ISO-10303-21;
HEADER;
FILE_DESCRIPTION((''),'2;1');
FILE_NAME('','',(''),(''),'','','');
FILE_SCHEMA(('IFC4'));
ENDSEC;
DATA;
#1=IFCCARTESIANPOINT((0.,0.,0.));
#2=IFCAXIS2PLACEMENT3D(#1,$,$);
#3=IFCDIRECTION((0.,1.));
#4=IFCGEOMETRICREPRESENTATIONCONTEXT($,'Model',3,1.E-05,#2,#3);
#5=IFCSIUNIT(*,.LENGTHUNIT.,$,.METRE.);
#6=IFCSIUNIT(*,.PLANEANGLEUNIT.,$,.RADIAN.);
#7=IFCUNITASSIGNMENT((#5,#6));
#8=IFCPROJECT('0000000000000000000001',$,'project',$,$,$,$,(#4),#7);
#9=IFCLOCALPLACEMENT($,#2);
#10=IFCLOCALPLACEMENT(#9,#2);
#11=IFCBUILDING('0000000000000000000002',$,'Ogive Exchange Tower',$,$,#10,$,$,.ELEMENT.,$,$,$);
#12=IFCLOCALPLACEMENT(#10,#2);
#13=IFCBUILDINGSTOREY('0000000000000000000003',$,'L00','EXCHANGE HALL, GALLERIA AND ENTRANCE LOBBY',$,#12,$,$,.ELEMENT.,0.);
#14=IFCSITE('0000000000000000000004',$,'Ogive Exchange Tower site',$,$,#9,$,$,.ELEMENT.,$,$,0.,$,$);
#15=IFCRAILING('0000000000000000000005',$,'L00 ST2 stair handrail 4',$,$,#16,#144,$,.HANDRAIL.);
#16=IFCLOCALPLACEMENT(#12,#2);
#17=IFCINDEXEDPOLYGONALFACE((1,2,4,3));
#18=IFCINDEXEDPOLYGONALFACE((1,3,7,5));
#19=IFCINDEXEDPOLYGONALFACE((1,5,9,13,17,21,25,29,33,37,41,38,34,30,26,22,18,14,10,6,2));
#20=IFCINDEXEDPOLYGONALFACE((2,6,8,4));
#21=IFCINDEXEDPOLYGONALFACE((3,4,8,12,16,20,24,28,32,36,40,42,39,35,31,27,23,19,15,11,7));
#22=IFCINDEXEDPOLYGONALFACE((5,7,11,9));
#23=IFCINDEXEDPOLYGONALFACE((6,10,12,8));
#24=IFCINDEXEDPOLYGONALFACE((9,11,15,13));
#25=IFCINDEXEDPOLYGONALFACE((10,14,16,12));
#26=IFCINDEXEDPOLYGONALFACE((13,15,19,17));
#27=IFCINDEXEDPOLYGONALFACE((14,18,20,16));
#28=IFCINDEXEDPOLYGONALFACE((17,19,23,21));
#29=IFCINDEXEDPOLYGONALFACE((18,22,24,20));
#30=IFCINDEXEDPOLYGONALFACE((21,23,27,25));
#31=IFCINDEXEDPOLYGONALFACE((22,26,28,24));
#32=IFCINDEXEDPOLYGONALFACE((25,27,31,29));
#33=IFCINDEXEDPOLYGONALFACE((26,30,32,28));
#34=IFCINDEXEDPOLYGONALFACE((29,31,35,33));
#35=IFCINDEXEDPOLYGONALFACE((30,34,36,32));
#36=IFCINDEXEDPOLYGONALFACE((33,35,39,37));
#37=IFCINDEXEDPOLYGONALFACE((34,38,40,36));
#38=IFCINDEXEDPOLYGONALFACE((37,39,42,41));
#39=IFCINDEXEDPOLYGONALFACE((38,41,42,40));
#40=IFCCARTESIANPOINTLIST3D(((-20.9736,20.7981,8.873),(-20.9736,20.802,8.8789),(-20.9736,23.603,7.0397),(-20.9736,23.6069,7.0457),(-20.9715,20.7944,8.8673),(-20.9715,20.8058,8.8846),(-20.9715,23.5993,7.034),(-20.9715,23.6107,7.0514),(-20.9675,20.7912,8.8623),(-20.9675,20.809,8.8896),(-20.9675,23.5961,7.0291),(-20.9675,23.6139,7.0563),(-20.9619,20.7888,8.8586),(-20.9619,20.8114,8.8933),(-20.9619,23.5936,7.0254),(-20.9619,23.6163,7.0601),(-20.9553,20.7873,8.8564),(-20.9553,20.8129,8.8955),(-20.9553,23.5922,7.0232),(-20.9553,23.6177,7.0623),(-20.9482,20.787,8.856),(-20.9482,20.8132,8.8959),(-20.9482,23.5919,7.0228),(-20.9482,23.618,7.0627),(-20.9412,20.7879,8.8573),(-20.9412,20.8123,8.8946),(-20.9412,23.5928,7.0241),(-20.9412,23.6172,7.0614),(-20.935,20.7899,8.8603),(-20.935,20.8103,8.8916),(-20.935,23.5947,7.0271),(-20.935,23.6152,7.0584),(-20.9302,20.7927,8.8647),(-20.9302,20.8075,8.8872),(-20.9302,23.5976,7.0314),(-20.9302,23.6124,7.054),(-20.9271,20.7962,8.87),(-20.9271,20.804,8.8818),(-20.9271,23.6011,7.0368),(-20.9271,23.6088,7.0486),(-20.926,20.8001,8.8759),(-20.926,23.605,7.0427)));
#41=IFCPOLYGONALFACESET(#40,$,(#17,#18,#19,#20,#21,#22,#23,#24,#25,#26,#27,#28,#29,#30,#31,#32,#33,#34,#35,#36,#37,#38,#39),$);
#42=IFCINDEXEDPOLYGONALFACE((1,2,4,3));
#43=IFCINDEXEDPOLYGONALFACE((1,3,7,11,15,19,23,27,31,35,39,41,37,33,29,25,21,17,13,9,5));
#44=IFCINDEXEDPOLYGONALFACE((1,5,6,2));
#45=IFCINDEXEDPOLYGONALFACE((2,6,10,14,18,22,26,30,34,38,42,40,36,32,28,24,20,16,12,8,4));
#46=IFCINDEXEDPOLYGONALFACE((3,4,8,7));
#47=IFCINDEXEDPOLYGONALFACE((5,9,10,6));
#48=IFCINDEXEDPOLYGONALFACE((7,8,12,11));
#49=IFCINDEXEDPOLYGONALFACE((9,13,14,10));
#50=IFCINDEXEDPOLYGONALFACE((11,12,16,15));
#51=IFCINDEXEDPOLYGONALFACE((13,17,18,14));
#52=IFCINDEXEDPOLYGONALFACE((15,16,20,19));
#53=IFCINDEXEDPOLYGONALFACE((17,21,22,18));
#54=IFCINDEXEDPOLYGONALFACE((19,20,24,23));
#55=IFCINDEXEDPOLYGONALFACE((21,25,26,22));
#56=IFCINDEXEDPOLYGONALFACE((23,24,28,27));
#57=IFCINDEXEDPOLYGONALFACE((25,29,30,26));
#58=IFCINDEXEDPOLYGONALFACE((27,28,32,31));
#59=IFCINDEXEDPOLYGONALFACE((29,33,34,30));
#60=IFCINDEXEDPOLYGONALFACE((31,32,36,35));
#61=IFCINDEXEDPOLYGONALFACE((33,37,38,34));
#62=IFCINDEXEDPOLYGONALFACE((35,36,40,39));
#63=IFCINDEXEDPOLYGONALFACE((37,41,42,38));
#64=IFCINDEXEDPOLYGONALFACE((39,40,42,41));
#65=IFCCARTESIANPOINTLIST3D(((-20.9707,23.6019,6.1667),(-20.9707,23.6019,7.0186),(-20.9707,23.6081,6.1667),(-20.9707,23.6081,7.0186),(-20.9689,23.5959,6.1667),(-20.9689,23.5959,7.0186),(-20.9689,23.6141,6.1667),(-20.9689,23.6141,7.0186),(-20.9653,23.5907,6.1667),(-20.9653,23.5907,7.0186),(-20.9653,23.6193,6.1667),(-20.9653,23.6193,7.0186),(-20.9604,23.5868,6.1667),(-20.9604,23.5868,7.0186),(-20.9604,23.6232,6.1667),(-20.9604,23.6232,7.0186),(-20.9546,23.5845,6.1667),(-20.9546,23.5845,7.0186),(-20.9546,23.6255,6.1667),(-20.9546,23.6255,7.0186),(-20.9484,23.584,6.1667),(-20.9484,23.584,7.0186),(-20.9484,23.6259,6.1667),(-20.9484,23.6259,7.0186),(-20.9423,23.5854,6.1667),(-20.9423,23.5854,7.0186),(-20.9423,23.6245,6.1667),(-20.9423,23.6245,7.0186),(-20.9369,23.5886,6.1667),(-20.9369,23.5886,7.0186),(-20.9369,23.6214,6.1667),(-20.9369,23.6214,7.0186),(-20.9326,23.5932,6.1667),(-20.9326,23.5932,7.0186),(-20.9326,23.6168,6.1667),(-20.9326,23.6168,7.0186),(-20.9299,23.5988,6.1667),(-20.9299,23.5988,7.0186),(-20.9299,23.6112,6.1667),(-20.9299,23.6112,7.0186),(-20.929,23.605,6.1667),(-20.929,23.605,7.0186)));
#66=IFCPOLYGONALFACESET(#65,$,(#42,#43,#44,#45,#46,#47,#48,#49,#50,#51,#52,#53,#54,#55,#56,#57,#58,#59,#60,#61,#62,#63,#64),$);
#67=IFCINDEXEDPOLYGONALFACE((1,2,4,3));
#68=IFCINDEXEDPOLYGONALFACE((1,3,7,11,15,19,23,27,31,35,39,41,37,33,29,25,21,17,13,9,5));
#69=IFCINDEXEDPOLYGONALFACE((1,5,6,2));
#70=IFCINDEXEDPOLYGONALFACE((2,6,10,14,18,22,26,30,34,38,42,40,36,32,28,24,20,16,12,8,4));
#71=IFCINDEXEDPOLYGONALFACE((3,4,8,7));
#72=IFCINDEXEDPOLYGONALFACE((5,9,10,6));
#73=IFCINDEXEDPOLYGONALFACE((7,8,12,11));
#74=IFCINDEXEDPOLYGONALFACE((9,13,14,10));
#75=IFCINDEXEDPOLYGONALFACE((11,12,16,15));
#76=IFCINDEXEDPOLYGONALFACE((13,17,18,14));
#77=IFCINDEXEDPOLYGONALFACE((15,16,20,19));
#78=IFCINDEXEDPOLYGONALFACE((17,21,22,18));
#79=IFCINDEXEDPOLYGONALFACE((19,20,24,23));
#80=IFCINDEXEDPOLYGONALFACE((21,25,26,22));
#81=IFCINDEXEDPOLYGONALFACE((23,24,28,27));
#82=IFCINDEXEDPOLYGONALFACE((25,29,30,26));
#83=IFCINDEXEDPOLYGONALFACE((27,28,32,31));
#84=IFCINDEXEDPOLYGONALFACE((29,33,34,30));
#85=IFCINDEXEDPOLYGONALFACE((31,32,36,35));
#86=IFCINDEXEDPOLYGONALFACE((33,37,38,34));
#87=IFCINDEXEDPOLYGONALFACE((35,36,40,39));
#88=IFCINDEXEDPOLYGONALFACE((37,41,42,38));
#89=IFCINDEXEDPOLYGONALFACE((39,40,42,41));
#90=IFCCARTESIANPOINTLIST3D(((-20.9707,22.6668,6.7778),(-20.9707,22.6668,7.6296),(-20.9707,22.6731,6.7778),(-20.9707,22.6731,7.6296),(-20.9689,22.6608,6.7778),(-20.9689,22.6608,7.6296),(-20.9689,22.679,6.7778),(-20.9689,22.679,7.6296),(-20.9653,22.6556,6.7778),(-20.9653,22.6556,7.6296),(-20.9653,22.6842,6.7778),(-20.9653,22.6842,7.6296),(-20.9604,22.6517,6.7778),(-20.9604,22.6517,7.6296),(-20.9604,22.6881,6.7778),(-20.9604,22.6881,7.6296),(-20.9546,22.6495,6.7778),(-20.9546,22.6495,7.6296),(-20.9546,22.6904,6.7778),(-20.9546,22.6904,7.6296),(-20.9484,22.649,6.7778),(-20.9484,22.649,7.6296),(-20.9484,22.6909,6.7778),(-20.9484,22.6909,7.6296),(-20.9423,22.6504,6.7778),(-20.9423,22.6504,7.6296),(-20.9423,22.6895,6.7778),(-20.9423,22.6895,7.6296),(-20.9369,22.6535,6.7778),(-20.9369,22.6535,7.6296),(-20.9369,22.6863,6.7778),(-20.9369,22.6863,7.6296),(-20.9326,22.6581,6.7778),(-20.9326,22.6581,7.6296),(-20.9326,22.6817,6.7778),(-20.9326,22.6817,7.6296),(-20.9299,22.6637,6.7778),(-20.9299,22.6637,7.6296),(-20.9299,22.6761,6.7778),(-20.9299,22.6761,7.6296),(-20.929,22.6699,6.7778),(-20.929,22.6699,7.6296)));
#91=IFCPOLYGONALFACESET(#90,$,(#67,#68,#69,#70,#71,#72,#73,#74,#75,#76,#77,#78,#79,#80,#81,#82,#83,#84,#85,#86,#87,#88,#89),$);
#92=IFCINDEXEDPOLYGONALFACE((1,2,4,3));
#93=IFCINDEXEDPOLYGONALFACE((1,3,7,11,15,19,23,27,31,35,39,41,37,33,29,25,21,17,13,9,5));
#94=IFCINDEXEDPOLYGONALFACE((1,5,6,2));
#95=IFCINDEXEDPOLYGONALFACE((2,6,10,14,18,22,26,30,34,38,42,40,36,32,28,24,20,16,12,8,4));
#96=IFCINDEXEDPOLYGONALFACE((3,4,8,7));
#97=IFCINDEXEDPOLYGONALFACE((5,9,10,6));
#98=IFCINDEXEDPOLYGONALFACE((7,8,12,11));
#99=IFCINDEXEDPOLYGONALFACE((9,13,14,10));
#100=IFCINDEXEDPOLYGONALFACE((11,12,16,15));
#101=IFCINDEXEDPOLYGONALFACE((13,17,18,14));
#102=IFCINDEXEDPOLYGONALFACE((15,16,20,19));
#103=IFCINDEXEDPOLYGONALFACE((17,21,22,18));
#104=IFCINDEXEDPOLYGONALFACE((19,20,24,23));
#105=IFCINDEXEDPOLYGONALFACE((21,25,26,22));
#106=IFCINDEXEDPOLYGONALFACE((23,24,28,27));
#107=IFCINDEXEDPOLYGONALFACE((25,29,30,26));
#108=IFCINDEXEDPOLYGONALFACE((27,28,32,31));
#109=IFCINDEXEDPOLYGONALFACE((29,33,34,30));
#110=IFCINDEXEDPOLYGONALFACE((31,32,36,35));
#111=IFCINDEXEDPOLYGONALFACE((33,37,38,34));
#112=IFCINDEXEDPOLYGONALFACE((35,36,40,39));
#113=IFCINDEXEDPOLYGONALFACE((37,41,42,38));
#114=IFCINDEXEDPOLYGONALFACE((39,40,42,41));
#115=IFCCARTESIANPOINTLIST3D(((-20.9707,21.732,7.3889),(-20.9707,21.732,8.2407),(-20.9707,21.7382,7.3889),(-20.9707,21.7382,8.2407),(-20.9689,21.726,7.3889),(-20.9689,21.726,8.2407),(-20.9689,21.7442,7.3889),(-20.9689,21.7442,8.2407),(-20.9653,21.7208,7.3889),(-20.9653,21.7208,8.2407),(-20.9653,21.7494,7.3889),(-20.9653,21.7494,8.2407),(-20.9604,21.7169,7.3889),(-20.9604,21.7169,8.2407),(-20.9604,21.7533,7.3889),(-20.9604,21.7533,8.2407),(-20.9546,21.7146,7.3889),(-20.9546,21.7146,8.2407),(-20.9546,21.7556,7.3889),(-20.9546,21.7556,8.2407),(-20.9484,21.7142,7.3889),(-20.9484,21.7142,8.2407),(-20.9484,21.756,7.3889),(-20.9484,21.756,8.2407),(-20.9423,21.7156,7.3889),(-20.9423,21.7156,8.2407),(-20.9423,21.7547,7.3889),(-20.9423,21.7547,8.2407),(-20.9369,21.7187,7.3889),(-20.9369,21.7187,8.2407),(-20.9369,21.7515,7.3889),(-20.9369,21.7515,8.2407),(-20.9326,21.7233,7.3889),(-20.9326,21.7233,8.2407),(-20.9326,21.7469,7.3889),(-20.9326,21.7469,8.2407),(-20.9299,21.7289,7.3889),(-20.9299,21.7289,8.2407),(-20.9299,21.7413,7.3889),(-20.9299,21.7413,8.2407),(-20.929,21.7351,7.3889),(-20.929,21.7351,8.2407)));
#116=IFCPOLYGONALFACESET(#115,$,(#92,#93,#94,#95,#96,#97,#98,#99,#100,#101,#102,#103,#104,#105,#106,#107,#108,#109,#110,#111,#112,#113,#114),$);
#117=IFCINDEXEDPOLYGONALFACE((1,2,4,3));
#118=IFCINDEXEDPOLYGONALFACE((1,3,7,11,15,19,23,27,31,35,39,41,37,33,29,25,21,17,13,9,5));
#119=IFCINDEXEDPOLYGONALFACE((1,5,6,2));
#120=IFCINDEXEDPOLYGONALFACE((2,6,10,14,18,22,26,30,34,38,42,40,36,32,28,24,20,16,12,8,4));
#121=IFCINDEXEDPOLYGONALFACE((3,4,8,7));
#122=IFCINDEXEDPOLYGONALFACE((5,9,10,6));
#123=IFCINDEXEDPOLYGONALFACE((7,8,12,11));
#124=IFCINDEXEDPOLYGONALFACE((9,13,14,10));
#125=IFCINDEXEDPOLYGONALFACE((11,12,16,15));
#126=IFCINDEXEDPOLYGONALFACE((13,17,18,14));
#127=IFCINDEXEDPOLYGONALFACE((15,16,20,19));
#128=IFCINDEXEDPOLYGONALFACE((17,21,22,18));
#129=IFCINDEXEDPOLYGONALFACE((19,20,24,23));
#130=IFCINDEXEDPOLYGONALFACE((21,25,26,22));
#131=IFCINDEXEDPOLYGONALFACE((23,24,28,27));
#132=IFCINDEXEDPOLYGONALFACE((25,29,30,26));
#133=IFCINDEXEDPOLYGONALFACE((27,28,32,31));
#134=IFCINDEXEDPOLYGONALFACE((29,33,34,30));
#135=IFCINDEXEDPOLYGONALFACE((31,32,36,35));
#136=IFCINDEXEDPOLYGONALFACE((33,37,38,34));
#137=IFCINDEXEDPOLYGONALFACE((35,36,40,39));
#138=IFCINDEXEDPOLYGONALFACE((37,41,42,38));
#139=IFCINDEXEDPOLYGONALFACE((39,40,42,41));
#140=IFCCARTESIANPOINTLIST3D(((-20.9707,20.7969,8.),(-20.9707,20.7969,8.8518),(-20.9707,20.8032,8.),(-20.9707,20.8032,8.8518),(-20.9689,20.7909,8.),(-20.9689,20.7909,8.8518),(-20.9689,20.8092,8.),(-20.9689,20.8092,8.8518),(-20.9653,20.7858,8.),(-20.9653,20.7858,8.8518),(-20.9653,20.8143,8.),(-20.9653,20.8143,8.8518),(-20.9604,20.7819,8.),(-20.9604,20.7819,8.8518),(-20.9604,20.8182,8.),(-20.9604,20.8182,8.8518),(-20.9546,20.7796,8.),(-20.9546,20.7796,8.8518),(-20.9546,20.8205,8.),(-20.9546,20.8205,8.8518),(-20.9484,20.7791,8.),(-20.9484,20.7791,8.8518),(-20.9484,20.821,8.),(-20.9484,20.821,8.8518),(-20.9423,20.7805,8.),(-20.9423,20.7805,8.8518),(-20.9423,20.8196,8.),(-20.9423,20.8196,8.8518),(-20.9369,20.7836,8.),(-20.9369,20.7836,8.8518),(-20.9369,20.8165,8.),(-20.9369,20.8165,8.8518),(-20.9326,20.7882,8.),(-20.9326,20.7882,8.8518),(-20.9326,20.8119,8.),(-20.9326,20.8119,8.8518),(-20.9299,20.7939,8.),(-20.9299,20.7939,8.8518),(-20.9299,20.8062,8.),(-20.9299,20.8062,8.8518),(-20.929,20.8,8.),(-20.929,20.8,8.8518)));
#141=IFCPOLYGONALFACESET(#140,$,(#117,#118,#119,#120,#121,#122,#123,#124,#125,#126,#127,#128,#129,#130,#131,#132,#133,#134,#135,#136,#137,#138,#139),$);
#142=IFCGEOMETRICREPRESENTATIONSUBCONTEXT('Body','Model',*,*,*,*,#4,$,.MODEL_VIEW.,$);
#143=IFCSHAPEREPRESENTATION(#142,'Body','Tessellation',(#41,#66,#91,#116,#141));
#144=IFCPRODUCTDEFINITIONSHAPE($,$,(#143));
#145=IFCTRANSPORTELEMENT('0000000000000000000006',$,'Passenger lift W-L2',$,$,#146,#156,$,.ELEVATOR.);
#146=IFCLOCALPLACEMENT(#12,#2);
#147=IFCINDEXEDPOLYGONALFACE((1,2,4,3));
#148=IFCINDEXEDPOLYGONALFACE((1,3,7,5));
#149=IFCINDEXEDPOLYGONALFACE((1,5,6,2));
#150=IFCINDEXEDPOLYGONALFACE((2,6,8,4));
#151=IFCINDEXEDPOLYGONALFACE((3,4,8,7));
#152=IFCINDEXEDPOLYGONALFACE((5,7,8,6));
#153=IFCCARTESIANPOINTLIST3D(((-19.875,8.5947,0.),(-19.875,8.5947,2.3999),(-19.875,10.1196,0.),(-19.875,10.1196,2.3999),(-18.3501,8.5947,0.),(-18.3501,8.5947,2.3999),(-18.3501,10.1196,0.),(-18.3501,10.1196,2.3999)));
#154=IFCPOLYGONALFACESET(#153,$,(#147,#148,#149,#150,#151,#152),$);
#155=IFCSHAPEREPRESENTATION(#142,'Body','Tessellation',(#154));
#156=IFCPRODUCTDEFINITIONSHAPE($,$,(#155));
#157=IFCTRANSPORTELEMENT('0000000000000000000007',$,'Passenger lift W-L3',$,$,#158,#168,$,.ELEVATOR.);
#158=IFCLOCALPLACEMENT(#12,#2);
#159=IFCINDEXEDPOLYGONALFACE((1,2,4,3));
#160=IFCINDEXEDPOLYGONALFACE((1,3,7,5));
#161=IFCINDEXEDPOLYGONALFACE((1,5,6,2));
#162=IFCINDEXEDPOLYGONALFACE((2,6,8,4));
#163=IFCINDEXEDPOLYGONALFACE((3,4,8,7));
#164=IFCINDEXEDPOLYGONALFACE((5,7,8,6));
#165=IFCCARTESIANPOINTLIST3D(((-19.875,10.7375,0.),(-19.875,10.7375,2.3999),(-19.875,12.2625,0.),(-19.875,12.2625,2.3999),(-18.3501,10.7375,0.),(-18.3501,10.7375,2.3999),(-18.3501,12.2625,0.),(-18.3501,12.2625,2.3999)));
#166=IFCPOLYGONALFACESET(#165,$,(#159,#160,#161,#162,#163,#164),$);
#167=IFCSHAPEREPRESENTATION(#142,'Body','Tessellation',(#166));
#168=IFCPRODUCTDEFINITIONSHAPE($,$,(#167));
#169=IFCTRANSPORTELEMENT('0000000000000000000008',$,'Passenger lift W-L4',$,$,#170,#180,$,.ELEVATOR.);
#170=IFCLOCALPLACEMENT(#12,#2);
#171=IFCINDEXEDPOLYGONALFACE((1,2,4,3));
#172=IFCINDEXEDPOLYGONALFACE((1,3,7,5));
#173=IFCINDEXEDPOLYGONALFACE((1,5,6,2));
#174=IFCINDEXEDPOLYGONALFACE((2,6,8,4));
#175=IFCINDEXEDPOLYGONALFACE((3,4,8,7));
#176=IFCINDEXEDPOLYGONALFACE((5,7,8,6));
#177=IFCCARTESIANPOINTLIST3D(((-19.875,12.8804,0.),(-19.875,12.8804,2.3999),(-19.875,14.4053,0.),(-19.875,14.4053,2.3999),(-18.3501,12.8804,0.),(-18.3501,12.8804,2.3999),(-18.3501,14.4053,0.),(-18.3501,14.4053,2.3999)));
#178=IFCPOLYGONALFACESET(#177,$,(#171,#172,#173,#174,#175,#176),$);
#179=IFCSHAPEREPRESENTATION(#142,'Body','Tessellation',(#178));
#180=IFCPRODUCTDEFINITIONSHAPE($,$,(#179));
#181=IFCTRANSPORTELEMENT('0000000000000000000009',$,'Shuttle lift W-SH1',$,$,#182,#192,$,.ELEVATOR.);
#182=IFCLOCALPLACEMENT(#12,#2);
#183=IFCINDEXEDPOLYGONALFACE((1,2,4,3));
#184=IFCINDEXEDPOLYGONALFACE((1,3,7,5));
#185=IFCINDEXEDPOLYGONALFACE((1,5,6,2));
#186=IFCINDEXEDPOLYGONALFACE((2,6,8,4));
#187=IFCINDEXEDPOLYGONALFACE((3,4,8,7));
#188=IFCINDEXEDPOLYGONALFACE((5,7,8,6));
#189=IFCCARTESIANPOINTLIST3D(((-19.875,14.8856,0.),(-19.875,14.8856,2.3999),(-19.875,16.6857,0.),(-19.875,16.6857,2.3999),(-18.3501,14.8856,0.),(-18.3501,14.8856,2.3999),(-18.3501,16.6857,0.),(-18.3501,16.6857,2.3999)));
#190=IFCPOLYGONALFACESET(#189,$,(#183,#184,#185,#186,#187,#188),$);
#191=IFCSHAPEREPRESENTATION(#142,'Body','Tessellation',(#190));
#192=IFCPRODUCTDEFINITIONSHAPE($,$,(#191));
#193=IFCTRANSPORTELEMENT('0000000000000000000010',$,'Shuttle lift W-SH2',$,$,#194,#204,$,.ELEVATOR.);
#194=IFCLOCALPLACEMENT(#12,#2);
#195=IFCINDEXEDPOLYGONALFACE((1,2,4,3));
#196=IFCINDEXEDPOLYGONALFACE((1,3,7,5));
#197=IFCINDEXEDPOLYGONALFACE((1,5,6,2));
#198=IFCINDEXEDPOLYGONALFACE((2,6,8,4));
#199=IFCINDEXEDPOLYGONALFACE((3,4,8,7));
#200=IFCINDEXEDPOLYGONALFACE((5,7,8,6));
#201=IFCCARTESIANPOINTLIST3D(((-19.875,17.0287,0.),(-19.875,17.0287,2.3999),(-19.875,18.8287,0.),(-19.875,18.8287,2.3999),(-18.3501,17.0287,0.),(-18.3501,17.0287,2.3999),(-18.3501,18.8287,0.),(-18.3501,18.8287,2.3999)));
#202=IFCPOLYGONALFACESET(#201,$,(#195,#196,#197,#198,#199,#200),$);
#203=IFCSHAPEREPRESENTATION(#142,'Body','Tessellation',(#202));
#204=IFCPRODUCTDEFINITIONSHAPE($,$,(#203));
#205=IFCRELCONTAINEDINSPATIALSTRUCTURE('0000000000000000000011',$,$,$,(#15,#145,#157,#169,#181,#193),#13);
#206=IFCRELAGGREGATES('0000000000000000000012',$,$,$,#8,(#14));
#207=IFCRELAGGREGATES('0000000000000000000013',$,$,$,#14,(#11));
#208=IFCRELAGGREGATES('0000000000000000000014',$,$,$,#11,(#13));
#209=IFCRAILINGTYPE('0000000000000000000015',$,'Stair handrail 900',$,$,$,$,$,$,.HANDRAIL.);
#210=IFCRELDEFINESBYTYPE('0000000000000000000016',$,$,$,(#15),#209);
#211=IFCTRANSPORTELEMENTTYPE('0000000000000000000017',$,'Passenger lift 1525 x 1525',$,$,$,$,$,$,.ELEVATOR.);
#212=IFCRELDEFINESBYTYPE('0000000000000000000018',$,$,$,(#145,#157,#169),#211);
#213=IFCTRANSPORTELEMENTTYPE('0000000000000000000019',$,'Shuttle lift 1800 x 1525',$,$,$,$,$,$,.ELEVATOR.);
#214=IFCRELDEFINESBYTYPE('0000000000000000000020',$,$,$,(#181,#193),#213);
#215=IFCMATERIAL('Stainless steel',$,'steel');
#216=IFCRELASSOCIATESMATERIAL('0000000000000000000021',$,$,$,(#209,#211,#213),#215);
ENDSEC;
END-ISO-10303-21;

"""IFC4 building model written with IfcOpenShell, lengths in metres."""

from ifc_helpers import new_model, si_unit, direction, frame, origin, origin_2d, place, context, subcontext, project, spatial, rectangle, circle, extrude, material, type_object, element, save


model = new_model("IFC4")

# Units and contexts
model_context = context("Model", 3, precision=1e-05, world=origin(), true_north=direction((0.0, 1.0)))
body_context = subcontext(model_context, "Body", "Model", "MODEL_VIEW")
ifc_project = project(units=[si_unit("LENGTHUNIT", "METRE"), si_unit("PLANEANGLEUNIT", "RADIAN")], contexts=[model_context])

# Site, building, storey
site_placement = place(None, origin())
site = spatial("IfcSite", under=ifc_project, at=site_placement, Name="Ogive Exchange Tower site", CompositionType="ELEMENT", RefElevation=0.0)
building_placement = place(site_placement, origin())
building = spatial("IfcBuilding", under=site, at=building_placement, Name="Ogive Exchange Tower", CompositionType="ELEMENT")
storey_placement = place(building_placement, origin())
storey = spatial("IfcBuildingStorey", under=building, at=storey_placement, Name="L00", Description="EXCHANGE HALL, GALLERIA AND ENTRANCE LOBBY", CompositionType="ELEMENT", Elevation=0.0)

# Railing
ifc_material_1 = material(Name="Stainless steel", Category="steel")
railing_type = type_object("IfcRailingType", Name="Stair handrail 900", PredefinedType="HANDRAIL", material=ifc_material_1)
railing_1_placement = place(storey_placement, frame((-20.95, 23.605, 6.1667)))
element("IfcRailing", 1, at=railing_1_placement, inside=storey, type_object=railing_type, Name="L00 ST2 stair handrail 4", PredefinedType="HANDRAIL", context=body_context, shape_type="SweptSolid", body=[
    extrude(circle(Radius=0.0239, at=origin_2d()), frame((0.0, 0.0, 0.876), z_axis=(0.0, -0.837071, 0.547094), x_axis=(1.0, 0.0, 0.0)), (0.0, 0.0, 1.0), 3.3508),
    extrude(circle(Radius=0.021, at=origin_2d()), origin(), (0.0, 0.0, 1.0), 0.8518),
    extrude(circle(Radius=0.021, at=origin_2d()), frame((0.0, -0.9351, 0.6111)), (0.0, 0.0, 1.0), 0.8518),
    extrude(circle(Radius=0.021, at=origin_2d()), frame((0.0, -1.8699, 1.2222)), (0.0, 0.0, 1.0), 0.8518),
    extrude(circle(Radius=0.021, at=origin_2d()), frame((0.0, -2.8049, 1.8333)), (0.0, 0.0, 1.0), 0.8518),
])

# Transport elements
transport_element_type_1 = type_object("IfcTransportElementType", Name="Passenger lift 1525 x 1525", PredefinedType="ELEVATOR", material=ifc_material_1)
for number, where, z_axis, x_axis, name in (
    (2, (-19.1125, 9.3572, 0.0), (0.0, 0.0, 1.0), (1.0, 0.0, 0.0), "Passenger lift W-L2"),
    (3, (-19.1125, 11.5, 0.0), (0.0, 0.0, 1.0), (1.0, 0.0, 0.0), "Passenger lift W-L3"),
    (4, (-19.1125, 13.6428, 0.0), (0.0, 0.0, 1.0), (1.0, 0.0, 0.0), "Passenger lift W-L4"),
):
    element("IfcTransportElement", number, at=place(storey_placement, frame(where, z_axis=z_axis, x_axis=x_axis)), inside=storey, type_object=transport_element_type_1, Name=name, PredefinedType="ELEVATOR", context=body_context, shape_type="SweptSolid", body=[
        extrude(rectangle(XDim=1.5249, YDim=1.5249, at=origin_2d()), origin(), (0.0, 0.0, 1.0), 2.3999),
    ])
transport_element_type_2 = type_object("IfcTransportElementType", Name="Shuttle lift 1800 x 1525", PredefinedType="ELEVATOR", material=ifc_material_1)
for number, where, z_axis, x_axis, name in (
    (5, (-19.1125, 15.7856, 0.0), (0.0, 0.0, 1.0), (1.0, 0.0, 0.0), "Shuttle lift W-SH1"),
    (6, (-19.1125, 17.9287, 0.0), (0.0, 0.0, 1.0), (1.0, 0.0, 0.0), "Shuttle lift W-SH2"),
):
    element("IfcTransportElement", number, at=place(storey_placement, frame(where, z_axis=z_axis, x_axis=x_axis)), inside=storey, type_object=transport_element_type_2, Name=name, PredefinedType="ELEVATOR", context=body_context, shape_type="SweptSolid", body=[
        extrude(rectangle(XDim=1.5249, YDim=1.8, at=origin_2d()), origin(), (0.0, 0.0, 1.0), 2.3999),
    ])

save(model, "model.ifc")
